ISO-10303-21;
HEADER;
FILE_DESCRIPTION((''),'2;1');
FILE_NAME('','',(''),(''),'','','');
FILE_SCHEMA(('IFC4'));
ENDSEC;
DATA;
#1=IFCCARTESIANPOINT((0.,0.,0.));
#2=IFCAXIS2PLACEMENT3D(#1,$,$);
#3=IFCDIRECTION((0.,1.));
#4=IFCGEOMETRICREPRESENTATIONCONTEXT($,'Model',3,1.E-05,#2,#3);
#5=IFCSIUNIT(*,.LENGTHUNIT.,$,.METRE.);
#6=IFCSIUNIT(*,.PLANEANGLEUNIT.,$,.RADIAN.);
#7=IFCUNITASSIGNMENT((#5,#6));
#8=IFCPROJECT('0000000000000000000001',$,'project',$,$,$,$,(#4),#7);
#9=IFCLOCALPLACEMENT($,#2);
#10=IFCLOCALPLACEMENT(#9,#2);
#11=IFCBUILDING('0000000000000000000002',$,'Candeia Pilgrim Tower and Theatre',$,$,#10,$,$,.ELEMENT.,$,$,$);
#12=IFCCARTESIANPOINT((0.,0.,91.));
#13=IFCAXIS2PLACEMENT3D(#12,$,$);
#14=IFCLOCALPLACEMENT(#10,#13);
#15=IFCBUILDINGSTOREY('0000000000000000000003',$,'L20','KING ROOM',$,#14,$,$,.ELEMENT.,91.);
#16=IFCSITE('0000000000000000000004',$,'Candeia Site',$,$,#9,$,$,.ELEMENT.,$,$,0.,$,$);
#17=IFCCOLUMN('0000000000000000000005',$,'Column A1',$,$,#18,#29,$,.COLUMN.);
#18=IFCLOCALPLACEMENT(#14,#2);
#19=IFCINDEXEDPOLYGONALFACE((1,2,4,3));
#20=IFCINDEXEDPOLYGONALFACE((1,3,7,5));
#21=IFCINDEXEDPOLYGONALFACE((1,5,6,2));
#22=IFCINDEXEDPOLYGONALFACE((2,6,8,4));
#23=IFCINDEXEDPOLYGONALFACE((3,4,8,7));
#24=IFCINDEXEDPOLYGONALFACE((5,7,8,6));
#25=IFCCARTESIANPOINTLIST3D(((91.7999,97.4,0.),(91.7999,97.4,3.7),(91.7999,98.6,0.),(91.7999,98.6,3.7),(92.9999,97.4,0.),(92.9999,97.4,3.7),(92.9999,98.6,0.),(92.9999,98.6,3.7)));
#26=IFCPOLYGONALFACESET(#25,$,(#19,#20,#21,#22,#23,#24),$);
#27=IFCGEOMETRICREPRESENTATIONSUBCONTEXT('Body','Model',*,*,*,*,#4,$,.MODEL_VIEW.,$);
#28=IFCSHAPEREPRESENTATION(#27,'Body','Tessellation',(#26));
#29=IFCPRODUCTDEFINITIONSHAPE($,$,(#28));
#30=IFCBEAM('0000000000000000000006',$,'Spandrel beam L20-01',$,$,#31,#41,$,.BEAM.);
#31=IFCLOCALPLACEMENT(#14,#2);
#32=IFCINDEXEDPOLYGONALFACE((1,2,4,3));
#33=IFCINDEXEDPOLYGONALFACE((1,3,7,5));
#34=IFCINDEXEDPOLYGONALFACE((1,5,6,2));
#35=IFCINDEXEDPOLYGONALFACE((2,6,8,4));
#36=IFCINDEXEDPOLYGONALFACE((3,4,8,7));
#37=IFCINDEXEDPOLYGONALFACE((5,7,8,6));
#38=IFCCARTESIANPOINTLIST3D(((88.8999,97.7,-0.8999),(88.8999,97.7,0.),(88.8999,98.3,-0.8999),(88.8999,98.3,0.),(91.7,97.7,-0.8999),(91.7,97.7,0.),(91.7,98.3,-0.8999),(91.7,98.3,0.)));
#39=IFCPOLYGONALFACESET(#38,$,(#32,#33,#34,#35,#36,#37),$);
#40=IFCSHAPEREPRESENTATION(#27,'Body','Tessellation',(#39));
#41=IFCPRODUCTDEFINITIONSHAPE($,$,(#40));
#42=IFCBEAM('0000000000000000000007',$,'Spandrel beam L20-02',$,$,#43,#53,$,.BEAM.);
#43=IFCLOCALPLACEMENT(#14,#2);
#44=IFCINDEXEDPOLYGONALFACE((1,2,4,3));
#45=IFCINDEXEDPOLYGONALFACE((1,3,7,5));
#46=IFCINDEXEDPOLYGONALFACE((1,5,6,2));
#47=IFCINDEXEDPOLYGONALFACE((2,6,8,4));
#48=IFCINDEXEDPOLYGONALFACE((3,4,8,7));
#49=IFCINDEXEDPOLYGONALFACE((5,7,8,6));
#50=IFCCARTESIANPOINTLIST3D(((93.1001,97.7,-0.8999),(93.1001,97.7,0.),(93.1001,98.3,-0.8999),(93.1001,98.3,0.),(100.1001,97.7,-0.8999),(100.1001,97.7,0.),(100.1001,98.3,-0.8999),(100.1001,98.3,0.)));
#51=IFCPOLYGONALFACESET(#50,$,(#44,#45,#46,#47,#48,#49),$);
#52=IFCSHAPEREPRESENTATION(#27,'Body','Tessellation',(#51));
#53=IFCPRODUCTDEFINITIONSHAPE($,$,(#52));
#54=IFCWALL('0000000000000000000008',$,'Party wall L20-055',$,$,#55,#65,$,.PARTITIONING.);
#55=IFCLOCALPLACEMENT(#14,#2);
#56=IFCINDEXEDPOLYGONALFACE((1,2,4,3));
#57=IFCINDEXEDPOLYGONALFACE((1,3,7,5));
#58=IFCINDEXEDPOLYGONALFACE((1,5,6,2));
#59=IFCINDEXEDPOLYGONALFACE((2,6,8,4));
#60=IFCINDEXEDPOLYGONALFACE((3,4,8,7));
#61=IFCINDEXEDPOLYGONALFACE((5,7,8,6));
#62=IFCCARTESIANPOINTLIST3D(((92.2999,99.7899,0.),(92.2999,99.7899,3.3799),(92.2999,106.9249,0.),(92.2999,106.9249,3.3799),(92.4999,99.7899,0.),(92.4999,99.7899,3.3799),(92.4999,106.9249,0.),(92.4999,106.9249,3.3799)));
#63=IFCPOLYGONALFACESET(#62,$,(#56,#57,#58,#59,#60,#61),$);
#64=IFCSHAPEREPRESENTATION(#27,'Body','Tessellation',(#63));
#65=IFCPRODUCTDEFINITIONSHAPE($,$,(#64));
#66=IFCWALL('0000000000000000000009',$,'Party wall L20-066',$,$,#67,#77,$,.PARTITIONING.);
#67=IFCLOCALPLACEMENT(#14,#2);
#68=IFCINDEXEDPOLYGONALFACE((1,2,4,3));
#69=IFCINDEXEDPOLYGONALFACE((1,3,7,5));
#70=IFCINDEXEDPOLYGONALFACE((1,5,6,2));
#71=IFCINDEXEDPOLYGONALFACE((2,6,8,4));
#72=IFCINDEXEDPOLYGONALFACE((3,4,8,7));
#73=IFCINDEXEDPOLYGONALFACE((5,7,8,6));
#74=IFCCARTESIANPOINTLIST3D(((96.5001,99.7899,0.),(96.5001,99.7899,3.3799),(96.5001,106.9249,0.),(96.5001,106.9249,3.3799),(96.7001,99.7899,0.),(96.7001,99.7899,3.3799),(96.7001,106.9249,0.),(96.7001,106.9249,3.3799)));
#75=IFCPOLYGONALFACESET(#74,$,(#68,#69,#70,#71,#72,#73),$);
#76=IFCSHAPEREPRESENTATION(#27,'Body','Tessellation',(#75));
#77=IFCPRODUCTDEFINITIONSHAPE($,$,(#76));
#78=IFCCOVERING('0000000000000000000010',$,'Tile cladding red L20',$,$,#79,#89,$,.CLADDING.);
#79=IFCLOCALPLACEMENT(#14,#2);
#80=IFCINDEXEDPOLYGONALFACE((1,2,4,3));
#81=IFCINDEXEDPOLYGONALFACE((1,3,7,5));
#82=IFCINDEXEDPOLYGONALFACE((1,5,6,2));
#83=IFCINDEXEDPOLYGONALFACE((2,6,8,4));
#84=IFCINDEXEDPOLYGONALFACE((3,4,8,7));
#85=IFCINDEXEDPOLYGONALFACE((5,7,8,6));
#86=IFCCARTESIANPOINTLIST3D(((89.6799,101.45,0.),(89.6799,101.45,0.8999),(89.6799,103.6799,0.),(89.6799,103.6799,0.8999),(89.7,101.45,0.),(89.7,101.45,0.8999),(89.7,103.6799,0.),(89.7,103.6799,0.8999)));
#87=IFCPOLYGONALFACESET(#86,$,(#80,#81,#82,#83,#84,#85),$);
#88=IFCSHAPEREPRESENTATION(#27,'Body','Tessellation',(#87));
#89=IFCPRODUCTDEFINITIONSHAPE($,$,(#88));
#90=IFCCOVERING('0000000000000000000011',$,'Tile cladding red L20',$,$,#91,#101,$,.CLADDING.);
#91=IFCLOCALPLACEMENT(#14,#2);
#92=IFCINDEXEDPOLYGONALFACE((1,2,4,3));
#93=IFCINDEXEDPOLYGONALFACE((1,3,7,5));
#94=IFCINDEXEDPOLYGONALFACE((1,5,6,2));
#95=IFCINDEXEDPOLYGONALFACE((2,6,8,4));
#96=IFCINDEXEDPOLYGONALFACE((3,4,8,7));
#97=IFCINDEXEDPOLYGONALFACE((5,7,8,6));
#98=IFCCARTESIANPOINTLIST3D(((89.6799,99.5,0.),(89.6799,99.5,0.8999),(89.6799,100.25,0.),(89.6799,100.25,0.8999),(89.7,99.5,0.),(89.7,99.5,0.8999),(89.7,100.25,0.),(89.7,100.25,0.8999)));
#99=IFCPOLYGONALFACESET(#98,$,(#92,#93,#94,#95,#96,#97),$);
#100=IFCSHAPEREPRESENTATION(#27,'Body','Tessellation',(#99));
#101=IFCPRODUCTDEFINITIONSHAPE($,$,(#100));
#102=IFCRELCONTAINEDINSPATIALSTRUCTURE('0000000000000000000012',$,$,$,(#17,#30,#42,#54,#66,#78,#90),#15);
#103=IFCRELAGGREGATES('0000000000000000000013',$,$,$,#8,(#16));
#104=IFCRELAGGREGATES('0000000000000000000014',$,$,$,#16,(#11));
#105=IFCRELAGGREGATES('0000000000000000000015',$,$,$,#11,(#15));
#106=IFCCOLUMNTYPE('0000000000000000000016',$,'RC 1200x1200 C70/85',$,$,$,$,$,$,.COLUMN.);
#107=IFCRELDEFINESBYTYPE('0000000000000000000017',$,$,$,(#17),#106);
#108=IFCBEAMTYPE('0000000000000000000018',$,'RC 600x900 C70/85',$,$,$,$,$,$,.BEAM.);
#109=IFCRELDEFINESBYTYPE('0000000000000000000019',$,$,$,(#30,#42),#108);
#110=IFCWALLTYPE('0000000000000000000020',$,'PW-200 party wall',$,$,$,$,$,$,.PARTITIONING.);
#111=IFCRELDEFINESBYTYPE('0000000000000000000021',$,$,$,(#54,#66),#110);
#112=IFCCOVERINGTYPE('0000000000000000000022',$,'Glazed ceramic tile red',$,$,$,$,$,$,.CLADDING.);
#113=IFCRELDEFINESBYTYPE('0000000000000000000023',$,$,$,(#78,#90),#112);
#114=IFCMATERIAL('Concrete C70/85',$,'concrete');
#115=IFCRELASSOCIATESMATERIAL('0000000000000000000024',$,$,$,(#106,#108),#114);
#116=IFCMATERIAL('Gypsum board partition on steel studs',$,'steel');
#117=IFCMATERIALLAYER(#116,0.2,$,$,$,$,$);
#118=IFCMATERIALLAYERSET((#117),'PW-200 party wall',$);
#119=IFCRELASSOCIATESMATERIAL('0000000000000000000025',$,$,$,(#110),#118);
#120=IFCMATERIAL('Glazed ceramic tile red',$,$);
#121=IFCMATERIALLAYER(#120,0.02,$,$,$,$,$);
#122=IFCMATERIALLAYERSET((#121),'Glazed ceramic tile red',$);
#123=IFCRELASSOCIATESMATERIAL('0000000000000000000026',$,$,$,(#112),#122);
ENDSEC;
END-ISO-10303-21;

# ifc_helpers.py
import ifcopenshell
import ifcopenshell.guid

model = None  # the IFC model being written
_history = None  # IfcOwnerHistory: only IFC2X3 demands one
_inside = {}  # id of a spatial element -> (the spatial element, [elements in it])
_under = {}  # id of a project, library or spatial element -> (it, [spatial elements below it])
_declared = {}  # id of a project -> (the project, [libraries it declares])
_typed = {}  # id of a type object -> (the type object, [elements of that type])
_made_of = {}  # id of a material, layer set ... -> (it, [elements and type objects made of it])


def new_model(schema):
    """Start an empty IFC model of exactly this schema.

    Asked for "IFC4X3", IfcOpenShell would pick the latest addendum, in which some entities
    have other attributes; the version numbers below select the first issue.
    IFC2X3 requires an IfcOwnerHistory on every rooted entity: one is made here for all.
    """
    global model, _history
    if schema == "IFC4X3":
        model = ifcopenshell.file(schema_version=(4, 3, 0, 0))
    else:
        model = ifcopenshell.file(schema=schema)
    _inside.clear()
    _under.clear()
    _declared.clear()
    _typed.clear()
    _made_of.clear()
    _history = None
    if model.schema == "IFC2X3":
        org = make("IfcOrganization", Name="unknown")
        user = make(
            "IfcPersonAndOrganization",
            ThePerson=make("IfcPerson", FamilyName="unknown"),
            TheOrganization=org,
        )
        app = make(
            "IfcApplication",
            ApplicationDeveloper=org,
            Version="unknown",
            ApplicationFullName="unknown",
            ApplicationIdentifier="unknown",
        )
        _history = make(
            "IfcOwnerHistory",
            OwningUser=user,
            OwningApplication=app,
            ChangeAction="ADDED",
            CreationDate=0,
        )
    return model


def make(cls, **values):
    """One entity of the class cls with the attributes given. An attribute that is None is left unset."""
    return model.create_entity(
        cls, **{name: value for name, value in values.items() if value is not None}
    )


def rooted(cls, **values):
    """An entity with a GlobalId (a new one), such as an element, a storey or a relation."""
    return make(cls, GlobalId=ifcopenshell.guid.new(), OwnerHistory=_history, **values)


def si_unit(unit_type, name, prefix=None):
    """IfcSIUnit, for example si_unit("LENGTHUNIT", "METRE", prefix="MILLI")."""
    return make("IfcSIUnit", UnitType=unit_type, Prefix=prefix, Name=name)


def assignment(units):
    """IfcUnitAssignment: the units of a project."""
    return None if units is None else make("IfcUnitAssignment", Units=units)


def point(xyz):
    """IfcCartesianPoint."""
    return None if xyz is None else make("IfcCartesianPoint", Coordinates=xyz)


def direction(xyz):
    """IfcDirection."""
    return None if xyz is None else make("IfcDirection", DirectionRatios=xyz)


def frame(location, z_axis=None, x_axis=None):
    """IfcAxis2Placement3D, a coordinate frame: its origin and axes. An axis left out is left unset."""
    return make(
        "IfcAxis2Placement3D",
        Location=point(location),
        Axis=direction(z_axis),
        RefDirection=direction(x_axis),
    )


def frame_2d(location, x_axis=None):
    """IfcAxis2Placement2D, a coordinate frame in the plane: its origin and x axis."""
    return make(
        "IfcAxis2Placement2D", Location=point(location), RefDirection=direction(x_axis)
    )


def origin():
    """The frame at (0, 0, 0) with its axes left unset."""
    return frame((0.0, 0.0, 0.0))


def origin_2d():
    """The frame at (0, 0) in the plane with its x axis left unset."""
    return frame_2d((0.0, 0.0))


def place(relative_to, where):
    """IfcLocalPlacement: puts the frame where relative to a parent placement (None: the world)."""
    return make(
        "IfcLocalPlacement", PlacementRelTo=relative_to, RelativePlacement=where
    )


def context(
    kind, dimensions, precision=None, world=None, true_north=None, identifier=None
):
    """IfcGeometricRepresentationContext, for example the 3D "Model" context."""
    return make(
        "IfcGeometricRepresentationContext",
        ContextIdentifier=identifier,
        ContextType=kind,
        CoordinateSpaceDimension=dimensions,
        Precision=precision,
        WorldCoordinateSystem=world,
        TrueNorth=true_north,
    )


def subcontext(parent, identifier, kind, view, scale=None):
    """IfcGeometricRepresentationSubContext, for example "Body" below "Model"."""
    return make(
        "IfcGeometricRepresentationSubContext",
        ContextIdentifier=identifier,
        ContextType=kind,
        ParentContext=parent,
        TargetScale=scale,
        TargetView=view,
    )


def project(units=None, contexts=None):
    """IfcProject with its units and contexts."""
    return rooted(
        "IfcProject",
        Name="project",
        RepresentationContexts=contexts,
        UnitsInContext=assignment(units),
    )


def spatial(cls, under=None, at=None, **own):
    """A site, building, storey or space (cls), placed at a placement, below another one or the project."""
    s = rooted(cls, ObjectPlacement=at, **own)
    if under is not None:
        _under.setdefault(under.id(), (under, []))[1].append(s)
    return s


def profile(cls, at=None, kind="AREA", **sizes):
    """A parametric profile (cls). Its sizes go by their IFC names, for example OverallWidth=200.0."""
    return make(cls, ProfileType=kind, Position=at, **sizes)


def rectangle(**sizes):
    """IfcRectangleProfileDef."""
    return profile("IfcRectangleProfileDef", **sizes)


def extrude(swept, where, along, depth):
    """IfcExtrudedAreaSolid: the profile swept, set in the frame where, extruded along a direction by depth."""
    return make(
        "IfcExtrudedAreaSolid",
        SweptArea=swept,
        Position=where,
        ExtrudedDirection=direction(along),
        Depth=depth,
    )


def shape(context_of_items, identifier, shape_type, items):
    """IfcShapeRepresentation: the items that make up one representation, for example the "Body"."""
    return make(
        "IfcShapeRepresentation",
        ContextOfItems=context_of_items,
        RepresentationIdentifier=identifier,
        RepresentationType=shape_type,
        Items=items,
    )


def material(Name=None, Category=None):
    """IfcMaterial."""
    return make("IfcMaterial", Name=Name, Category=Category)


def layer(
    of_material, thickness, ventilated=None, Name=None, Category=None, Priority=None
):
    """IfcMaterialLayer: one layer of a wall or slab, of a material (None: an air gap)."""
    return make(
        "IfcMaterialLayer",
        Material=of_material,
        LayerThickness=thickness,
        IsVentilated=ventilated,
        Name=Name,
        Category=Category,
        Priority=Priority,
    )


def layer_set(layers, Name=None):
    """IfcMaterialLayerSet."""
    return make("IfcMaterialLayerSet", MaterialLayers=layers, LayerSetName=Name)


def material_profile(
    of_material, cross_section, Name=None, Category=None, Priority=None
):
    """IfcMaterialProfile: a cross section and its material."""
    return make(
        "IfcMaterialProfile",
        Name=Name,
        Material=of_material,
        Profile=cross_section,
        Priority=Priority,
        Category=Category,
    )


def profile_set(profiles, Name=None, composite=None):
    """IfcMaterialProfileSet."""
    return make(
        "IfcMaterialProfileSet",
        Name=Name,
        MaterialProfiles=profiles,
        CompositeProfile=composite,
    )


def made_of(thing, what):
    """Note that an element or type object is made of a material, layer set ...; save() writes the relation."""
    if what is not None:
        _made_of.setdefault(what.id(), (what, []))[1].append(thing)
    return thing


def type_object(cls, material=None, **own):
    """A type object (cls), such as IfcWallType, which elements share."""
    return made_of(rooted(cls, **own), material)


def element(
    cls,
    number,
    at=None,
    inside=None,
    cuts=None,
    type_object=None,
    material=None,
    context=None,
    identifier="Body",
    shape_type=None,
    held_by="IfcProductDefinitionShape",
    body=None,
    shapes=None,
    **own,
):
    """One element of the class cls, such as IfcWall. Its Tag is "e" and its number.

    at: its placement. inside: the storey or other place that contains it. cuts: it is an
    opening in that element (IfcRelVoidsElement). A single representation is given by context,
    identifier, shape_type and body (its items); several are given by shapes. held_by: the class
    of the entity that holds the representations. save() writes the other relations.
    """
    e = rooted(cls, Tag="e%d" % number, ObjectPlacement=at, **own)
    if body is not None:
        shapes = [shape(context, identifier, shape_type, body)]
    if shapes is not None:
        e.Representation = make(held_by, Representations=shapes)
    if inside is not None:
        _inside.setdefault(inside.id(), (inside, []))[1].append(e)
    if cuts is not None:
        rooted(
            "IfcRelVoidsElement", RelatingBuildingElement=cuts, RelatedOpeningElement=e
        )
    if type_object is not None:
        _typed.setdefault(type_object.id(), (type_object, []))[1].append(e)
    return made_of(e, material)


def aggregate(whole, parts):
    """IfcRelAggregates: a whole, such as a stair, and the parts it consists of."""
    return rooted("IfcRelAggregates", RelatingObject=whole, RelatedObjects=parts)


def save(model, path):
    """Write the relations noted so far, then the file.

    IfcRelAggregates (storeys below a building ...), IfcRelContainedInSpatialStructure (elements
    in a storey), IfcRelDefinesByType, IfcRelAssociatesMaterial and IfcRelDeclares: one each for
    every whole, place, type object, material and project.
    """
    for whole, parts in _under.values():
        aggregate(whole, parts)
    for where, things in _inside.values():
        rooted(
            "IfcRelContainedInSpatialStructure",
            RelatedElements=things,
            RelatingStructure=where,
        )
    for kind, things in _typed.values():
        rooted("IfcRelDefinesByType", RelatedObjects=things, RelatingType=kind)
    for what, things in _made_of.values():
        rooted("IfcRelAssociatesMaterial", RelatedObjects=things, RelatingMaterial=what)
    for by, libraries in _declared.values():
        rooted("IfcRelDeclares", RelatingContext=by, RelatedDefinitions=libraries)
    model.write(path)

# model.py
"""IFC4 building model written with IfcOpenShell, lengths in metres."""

from ifc_helpers import new_model, si_unit, direction, frame, frame_2d, origin, origin_2d, place, context, subcontext, project, spatial, rectangle, extrude, material, layer, layer_set, material_profile, profile_set, type_object, element, save


model = new_model("IFC4")

# Units and contexts
model_context = context("Model", 3, precision=1e-05, world=origin(), true_north=direction((0.0, 1.0)))
body_context = subcontext(model_context, "Body", "Model", "MODEL_VIEW")
ifc_project = project(units=[si_unit("LENGTHUNIT", "METRE"), si_unit("PLANEANGLEUNIT", "RADIAN")], contexts=[model_context])

# Site, building, storey
site_placement = place(None, origin())
site = spatial("IfcSite", under=ifc_project, at=site_placement, Name="Candeia Site", CompositionType="ELEMENT", RefElevation=0.0)
building_placement = place(site_placement, origin())
building = spatial("IfcBuilding", under=site, at=building_placement, Name="Candeia Pilgrim Tower and Theatre", CompositionType="ELEMENT")
storey_placement = place(building_placement, frame((0.0, 0.0, 91.0)))
storey = spatial("IfcBuildingStorey", under=building, at=storey_placement, Name="L20", Description="KING ROOM", CompositionType="ELEMENT", Elevation=91.0)

# Column
ifc_material_1 = material(Name="Concrete C70/85", Category="concrete")
ifc_material_profile_1 = material_profile(ifc_material_1, rectangle(XDim=1.2, YDim=1.2, at=origin_2d()))
ifc_profile_set_1 = profile_set([ifc_material_profile_1], Name="Concrete C70/85")
column_type = type_object("IfcColumnType", Name="RC 1200x1200 C70/85", PredefinedType="COLUMN", material=ifc_profile_set_1)
column_placement = place(storey_placement, frame((92.3999, 98.0, 0.0), z_axis=(0.0, 0.0, 1.0), x_axis=(1.0, 0.0, 0.0)))
element("IfcColumn", 1, at=column_placement, inside=storey, type_object=column_type, Name="Column A1", PredefinedType="COLUMN", context=body_context, shape_type="SweptSolid", body=[
    extrude(rectangle(XDim=1.2, YDim=1.2, at=origin_2d()), origin(), (0.0, 0.0, 1.0), 3.7),
])

# Beams
ifc_material_profile_2 = material_profile(ifc_material_1, rectangle(XDim=0.6001, YDim=0.8999, at=origin_2d()))
ifc_profile_set_2 = profile_set([ifc_material_profile_2], Name="Concrete C70/85")
beam_type = type_object("IfcBeamType", Name="RC 600x900 C70/85", PredefinedType="BEAM", material=ifc_profile_set_2)
beam_1_placement = place(storey_placement, frame((88.8999, 98.0, -0.45), z_axis=(1.0, 0.0, 0.0), x_axis=(0.0, 1.0, 0.0)))
element("IfcBeam", 2, at=beam_1_placement, inside=storey, type_object=beam_type, Name="Spandrel beam L20-01", PredefinedType="BEAM", context=body_context, shape_type="SweptSolid", body=[
    extrude(rectangle(XDim=0.6001, YDim=0.8999, at=origin_2d()), origin(), (0.0, 0.0, 1.0), 2.8),
])
beam_2_placement = place(storey_placement, frame((93.1001, 98.0, -0.45), z_axis=(1.0, 0.0, 0.0), x_axis=(0.0, 1.0, 0.0)))
element("IfcBeam", 3, at=beam_2_placement, inside=storey, type_object=beam_type, Name="Spandrel beam L20-02", PredefinedType="BEAM", context=body_context, shape_type="SweptSolid", body=[
    extrude(rectangle(XDim=0.6001, YDim=0.8999, at=origin_2d()), origin(), (0.0, 0.0, 1.0), 7.0),
])

# Walls
ifc_material_2 = material(Name="Gypsum board partition on steel studs", Category="steel")
ifc_layer_1 = layer(ifc_material_2, 0.2)
ifc_layer_set_1 = layer_set([ifc_layer_1], Name="PW-200 party wall")
wall_type_1 = type_object("IfcWallType", Name="PW-200 party wall", PredefinedType="PARTITIONING", material=ifc_layer_set_1)
for number, where, z_axis, x_axis, name in (
    (4, (92.3999, 99.79, 0.0), (0.0, 0.0, 1.0), (0.0, 1.0, 0.0), "Party wall L20-055"),
    (5, (96.6001, 99.79, 0.0), (0.0, 0.0, 1.0), (0.0, 1.0, 0.0), "Party wall L20-066"),
):
    element("IfcWall", number, at=place(storey_placement, frame(where, z_axis=z_axis, x_axis=x_axis)), inside=storey, type_object=wall_type_1, Name=name, PredefinedType="PARTITIONING", context=body_context, shape_type="SweptSolid", body=[
        extrude(rectangle(XDim=7.135, YDim=0.2, at=frame_2d((3.5674, 0.0))), origin(), (0.0, 0.0, 1.0), 3.3799),
    ])

# Coverings
ifc_material_3 = material(Name="Glazed ceramic tile red")
ifc_layer_2 = layer(ifc_material_3, 0.02)
ifc_layer_set_2 = layer_set([ifc_layer_2], Name="Glazed ceramic tile red")
covering_type = type_object("IfcCoveringType", Name="Glazed ceramic tile red", PredefinedType="CLADDING", material=ifc_layer_set_2)
covering_1_placement = place(storey_placement, frame((89.6899, 102.5649, 0.0), z_axis=(0.0, 0.0, 1.0), x_axis=(0.0, -1.0, 0.0)))
element("IfcCovering", 6, at=covering_1_placement, inside=storey, type_object=covering_type, Name="Tile cladding red L20", PredefinedType="CLADDING", context=body_context, shape_type="SweptSolid", body=[
    extrude(rectangle(XDim=2.23, YDim=0.02, at=origin_2d()), origin(), (0.0, 0.0, 1.0), 0.8999),
])
covering_2_placement = place(storey_placement, frame((89.6899, 99.875, 0.0), z_axis=(0.0, 0.0, 1.0), x_axis=(0.0, -1.0, 0.0)))
element("IfcCovering", 7, at=covering_2_placement, inside=storey, type_object=covering_type, Name="Tile cladding red L20", PredefinedType="CLADDING", context=body_context, shape_type="SweptSolid", body=[
    extrude(rectangle(XDim=0.75, YDim=0.02, at=origin_2d()), origin(), (0.0, 0.0, 1.0), 0.8999),
])

save(model, "model.ifc")
